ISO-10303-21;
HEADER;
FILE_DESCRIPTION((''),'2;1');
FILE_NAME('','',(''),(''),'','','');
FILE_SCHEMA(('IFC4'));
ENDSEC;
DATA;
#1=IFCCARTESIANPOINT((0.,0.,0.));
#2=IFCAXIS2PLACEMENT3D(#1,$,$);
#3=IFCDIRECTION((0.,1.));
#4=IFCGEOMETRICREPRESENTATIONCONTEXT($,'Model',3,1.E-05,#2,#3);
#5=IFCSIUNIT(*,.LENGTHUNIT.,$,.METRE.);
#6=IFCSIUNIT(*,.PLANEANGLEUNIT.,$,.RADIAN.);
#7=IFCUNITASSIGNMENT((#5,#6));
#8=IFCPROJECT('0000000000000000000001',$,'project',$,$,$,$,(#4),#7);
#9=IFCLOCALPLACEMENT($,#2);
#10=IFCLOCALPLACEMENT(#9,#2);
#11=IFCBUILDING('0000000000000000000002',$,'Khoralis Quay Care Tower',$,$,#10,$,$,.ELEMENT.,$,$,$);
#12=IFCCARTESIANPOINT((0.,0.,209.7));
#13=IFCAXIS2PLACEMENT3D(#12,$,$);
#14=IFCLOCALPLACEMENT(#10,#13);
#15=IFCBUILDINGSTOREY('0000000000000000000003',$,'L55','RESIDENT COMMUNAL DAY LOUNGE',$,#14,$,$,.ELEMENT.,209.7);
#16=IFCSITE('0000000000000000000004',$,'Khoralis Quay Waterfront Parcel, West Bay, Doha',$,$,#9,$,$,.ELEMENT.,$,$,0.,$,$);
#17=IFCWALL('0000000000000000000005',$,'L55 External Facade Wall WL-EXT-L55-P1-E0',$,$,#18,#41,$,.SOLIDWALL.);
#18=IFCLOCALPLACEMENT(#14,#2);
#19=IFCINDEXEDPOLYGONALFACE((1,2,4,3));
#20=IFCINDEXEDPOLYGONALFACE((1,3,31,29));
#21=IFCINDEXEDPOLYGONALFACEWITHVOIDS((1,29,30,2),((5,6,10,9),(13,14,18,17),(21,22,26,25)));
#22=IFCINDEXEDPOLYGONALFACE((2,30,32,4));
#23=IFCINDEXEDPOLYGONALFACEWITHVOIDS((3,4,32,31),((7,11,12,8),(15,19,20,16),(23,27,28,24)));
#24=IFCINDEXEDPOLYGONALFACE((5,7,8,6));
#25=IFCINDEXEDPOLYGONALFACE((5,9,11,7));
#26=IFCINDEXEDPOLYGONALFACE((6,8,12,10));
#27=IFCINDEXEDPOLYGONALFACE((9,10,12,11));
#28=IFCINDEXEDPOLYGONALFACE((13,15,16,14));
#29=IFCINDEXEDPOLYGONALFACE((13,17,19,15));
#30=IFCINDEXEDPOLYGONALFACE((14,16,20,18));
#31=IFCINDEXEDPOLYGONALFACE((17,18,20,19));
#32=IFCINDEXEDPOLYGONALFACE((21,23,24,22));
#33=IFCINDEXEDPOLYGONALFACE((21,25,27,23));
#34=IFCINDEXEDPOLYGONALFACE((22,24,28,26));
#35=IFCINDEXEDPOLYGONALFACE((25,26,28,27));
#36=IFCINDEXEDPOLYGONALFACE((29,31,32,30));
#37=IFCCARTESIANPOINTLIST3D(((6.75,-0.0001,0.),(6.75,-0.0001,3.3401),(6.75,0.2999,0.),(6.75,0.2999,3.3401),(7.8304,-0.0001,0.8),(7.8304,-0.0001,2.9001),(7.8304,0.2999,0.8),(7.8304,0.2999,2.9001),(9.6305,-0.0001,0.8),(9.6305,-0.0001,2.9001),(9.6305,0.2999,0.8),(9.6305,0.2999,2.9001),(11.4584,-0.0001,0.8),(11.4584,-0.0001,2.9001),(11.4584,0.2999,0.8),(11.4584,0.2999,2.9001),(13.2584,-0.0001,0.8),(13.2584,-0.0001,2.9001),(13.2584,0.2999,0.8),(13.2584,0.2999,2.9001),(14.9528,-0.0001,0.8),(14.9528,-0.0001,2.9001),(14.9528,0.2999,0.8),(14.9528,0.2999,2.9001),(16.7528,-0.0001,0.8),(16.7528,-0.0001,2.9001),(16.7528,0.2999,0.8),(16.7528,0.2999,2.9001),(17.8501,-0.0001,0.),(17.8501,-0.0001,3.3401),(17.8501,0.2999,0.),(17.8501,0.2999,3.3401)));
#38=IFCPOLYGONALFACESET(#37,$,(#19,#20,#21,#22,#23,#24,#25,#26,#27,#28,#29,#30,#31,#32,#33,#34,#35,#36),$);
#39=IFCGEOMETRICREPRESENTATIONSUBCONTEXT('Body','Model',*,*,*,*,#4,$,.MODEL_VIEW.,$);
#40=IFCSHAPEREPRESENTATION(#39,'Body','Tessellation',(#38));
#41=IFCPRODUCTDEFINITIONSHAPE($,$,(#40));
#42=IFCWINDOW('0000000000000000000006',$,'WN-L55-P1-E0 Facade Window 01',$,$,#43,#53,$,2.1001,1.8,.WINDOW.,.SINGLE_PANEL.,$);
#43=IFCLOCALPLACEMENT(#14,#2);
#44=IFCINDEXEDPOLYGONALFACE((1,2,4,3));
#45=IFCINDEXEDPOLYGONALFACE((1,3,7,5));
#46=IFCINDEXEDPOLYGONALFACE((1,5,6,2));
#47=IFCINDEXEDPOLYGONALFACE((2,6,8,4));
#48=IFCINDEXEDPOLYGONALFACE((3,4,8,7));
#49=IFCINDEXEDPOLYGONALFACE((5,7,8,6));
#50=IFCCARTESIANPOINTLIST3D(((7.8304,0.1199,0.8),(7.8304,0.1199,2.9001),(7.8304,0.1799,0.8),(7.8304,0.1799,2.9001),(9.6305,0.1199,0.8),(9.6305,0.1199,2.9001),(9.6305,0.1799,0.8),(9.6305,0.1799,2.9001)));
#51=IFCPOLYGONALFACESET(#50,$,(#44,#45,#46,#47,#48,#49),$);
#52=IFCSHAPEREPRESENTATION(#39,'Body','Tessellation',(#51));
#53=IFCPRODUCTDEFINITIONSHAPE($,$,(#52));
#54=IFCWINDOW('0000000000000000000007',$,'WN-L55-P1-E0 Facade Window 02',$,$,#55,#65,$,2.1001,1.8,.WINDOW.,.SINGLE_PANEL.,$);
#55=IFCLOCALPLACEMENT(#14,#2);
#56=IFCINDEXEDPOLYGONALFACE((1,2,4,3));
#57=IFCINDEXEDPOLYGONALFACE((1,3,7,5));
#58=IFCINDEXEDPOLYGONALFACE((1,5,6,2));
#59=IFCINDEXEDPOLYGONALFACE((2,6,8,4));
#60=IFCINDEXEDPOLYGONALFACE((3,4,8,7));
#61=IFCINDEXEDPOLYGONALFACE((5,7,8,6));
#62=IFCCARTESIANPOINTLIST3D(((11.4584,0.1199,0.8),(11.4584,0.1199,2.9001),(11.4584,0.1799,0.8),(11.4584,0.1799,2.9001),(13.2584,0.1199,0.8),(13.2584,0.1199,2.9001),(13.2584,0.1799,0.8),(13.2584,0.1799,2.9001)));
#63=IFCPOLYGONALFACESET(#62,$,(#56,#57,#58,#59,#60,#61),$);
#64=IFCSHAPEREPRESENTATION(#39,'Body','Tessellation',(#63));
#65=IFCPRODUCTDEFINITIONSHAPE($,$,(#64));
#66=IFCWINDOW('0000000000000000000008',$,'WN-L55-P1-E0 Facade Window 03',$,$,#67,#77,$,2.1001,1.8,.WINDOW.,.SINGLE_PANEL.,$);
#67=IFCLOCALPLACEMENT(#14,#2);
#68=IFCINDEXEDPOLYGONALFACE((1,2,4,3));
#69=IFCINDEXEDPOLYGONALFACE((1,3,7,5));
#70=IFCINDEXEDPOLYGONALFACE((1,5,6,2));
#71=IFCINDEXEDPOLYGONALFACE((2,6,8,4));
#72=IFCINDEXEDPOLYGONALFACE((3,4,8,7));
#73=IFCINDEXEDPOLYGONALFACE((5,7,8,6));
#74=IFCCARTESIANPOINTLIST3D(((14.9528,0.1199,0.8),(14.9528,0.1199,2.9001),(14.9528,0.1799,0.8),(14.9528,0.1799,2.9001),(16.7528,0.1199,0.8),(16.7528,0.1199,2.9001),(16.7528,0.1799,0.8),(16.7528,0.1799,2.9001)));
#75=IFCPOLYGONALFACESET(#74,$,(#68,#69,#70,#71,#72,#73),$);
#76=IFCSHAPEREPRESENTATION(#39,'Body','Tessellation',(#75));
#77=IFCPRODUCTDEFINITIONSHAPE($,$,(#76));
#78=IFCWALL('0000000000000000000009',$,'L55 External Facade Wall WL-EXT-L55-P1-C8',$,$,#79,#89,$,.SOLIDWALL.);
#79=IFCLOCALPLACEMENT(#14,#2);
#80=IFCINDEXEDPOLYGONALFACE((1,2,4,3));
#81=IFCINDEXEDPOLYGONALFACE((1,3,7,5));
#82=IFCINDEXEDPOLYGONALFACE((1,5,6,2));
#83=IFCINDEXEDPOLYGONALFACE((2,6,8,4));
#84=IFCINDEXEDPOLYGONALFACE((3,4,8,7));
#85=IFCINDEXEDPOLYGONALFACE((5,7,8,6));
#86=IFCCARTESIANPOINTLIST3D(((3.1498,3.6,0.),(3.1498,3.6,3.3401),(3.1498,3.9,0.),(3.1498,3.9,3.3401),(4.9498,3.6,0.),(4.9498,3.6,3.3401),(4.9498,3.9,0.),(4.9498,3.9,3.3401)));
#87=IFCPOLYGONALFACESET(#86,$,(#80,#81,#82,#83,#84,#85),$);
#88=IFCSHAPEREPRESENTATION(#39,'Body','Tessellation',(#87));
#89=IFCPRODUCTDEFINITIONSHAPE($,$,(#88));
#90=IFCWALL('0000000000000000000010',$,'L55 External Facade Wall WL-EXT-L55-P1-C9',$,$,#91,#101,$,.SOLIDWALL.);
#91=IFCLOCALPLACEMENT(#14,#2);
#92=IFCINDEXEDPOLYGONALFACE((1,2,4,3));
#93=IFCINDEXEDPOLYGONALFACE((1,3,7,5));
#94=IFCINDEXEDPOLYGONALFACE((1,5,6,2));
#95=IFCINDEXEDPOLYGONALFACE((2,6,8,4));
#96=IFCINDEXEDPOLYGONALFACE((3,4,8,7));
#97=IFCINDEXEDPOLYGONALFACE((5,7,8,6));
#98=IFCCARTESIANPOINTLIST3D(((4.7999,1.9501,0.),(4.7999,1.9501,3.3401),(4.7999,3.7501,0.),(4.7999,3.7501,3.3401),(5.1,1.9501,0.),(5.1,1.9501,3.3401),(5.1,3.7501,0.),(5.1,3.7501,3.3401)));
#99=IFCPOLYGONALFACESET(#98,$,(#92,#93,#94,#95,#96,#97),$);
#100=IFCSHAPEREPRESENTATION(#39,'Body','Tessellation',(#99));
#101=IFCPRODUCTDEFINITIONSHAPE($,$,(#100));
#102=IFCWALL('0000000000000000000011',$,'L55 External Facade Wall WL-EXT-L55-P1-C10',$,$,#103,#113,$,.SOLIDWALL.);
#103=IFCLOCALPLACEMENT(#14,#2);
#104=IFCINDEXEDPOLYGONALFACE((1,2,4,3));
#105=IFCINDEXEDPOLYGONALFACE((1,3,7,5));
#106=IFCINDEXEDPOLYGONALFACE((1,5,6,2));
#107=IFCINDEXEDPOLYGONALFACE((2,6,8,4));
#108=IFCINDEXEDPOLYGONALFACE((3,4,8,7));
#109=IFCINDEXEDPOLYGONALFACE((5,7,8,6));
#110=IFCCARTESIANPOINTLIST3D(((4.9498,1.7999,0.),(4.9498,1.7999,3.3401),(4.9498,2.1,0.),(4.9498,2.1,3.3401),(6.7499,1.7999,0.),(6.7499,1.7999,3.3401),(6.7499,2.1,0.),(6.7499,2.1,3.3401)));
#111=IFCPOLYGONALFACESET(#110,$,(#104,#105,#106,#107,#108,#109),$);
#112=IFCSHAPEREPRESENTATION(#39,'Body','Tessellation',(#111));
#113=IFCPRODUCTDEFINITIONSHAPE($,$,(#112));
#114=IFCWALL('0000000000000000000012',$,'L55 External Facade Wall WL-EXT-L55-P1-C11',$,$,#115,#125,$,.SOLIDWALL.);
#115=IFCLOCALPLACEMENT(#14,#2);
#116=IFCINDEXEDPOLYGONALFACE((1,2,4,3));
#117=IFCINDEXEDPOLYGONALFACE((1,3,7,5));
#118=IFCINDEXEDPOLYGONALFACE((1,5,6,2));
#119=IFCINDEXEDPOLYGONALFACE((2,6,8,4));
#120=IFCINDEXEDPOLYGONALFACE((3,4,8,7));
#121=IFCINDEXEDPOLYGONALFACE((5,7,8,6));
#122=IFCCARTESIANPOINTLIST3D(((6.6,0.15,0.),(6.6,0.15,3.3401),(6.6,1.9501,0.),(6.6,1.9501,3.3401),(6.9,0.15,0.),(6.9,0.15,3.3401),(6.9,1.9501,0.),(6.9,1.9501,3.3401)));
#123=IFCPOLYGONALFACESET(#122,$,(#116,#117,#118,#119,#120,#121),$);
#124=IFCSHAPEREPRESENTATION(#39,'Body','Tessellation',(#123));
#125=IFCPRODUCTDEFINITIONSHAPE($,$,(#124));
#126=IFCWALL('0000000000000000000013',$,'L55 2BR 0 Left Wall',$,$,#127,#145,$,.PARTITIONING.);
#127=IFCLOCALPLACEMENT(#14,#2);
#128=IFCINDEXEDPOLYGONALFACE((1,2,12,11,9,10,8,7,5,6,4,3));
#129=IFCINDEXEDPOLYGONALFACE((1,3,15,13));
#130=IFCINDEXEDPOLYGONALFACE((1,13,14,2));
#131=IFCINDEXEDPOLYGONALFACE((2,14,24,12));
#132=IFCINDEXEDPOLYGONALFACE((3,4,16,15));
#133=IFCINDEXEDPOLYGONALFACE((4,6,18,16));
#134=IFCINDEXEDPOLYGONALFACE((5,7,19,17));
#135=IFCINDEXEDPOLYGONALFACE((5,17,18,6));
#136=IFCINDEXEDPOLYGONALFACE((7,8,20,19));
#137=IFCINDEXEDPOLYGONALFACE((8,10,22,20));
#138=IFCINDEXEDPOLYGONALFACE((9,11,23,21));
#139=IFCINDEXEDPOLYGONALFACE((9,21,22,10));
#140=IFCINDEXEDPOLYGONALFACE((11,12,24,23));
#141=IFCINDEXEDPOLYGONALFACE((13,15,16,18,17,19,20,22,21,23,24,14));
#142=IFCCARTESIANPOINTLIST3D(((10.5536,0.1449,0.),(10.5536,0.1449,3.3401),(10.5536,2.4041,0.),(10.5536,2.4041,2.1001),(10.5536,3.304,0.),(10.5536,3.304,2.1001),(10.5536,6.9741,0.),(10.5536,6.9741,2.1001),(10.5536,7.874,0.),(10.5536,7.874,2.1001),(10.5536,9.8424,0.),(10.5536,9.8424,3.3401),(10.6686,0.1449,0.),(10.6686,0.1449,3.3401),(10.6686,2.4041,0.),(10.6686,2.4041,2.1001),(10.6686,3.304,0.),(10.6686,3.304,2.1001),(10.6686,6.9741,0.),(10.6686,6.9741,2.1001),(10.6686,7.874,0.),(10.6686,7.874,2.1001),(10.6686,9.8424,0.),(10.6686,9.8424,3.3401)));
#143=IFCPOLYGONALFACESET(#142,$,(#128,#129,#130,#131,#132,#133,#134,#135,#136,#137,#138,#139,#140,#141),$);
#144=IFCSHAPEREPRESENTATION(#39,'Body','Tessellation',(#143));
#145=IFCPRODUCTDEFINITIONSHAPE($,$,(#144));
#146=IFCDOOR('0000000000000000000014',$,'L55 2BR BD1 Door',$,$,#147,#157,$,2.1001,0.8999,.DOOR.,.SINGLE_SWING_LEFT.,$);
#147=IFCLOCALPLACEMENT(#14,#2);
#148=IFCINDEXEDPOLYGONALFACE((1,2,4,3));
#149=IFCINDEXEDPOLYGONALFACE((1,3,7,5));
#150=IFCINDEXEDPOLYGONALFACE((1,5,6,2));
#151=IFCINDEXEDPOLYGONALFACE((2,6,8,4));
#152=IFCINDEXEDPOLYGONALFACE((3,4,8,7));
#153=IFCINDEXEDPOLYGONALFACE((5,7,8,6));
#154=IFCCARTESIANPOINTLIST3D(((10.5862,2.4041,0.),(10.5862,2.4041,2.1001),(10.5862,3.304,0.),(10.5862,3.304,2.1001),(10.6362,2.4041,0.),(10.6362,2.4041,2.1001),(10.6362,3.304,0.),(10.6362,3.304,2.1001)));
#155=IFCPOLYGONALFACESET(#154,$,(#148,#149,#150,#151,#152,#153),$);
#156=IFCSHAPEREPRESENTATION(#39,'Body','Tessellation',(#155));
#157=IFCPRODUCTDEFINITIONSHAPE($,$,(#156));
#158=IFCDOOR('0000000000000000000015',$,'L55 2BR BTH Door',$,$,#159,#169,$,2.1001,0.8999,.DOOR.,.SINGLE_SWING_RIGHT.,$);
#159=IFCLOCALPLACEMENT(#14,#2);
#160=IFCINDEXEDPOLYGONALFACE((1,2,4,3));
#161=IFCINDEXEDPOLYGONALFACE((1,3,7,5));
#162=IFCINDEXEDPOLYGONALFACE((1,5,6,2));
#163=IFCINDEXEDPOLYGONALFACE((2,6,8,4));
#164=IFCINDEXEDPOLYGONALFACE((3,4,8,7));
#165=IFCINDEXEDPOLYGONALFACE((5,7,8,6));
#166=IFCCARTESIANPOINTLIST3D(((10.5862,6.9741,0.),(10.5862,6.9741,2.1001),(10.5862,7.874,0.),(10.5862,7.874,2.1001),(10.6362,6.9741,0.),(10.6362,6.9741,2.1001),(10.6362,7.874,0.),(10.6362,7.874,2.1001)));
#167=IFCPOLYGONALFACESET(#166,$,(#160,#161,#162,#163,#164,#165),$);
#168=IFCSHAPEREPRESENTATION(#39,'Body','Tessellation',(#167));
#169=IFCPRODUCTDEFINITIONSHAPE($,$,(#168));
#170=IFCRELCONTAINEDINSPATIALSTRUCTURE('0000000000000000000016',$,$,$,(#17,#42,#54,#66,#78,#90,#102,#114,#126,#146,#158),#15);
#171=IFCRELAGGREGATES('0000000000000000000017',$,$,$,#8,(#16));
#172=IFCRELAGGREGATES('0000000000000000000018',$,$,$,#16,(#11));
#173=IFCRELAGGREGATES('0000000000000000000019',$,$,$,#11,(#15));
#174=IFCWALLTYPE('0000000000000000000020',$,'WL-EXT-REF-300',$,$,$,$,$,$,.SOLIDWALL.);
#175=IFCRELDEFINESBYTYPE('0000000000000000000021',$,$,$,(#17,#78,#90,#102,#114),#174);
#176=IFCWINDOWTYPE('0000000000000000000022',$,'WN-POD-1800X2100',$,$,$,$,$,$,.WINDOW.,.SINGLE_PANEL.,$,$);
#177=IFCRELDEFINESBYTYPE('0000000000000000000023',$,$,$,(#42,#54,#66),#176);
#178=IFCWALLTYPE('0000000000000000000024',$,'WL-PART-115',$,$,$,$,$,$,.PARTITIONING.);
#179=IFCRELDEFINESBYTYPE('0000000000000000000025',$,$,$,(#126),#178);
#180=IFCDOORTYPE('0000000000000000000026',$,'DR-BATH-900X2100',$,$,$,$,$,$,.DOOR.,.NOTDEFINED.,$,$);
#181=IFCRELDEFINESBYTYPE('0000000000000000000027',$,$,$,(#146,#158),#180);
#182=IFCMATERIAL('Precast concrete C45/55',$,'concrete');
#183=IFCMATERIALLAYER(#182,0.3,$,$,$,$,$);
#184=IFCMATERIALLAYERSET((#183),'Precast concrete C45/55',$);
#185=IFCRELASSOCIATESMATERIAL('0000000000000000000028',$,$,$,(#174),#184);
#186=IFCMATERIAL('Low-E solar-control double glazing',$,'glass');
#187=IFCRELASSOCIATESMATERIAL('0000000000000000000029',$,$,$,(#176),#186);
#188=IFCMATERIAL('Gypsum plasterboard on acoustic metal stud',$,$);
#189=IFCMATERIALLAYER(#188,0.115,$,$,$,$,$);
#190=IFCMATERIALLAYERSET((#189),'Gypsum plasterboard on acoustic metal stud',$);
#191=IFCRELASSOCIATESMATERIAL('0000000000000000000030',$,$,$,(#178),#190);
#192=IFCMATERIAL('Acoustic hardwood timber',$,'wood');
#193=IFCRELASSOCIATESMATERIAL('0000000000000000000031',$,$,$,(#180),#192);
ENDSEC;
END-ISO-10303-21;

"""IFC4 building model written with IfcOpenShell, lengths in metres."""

from ifc_helpers import new_model, si_unit, direction, frame, frame_2d, origin, place, context, subcontext, project, spatial, rectangle, extrude, source, transform, mapped, material, layer, layer_set, type_object, element, fill, save


model = new_model("IFC4")

# Units and contexts
model_context = context("Model", 3, precision=1e-05, world=origin(), true_north=direction((0.0, 1.0)))
body_context = subcontext(model_context, "Body", "Model", "MODEL_VIEW")
ifc_project = project(units=[si_unit("LENGTHUNIT", "METRE"), si_unit("PLANEANGLEUNIT", "RADIAN")], contexts=[model_context])

# Site, building, storey
site_placement = place(None, origin())
site = spatial("IfcSite", under=ifc_project, at=site_placement, Name="Khoralis Quay Waterfront Parcel, West Bay, Doha", CompositionType="ELEMENT", RefElevation=0.0)
building_placement = place(site_placement, origin())
building = spatial("IfcBuilding", under=site, at=building_placement, Name="Khoralis Quay Care Tower", CompositionType="ELEMENT")
storey_placement = place(building_placement, frame((0.0, 0.0, 209.7)))
storey = spatial("IfcBuildingStorey", under=building, at=storey_placement, Name="L55", Description="RESIDENT COMMUNAL DAY LOUNGE", CompositionType="ELEMENT", Elevation=209.7)

# Shared definitions
ifc_material_1 = material(Name="Precast concrete C45/55", Category="concrete")

# Wall, openings, windows
ifc_layer_1 = layer(ifc_material_1, 0.3)
ifc_layer_set_1 = layer_set([ifc_layer_1], Name="Precast concrete C45/55")
wall_type_1 = type_object("IfcWallType", Name="WL-EXT-REF-300", PredefinedType="SOLIDWALL", material=ifc_layer_set_1)
wall_1_placement = place(storey_placement, frame((6.75, 0.1499, 0.0), z_axis=(0.0, 0.0, 1.0), x_axis=(1.0, 0.0, 0.0)))
wall_1 = element("IfcWall", 1, at=wall_1_placement, inside=storey, type_object=wall_type_1, Name="L55 External Facade Wall WL-EXT-L55-P1-E0", PredefinedType="SOLIDWALL", context=body_context, shape_type="SweptSolid", body=[
    extrude(rectangle(XDim=11.1001, YDim=0.3, at=frame_2d((5.55, 0.0))), origin(), (0.0, 0.0, 1.0), 3.3401),
])
opening_1_placement = place(wall_1_placement, frame((1.0806, 0.0, 0.8)))
opening_1 = element("IfcOpeningElement", 2, at=opening_1_placement, cuts=wall_1, PredefinedType="OPENING", context=body_context, shape_type="SweptSolid", body=[
    extrude(rectangle(XDim=1.8, YDim=2.1001, at=frame_2d((0.8999, 1.05))), frame((0.0, 0.1602, 0.0), z_axis=(0.0, -1.0, 0.0), x_axis=(1.0, 0.0, 0.0)), (0.0, 0.0, 1.0), 0.3201),
])
opening_2_placement = place(wall_1_placement, frame((4.7085, 0.0, 0.8)))
opening_2 = element("IfcOpeningElement", 3, at=opening_2_placement, cuts=wall_1, PredefinedType="OPENING", context=body_context, shape_type="SweptSolid", body=[
    extrude(rectangle(XDim=1.8, YDim=2.1001, at=frame_2d((0.8999, 1.05))), frame((0.0, 0.1602, 0.0), z_axis=(0.0, -1.0, 0.0), x_axis=(1.0, 0.0, 0.0)), (0.0, 0.0, 1.0), 0.3201),
])
opening_3_placement = place(wall_1_placement, frame((8.2029, 0.0, 0.8)))
opening_3 = element("IfcOpeningElement", 4, at=opening_3_placement, cuts=wall_1, PredefinedType="OPENING", context=body_context, shape_type="SweptSolid", body=[
    extrude(rectangle(XDim=1.8, YDim=2.1001, at=frame_2d((0.8999, 1.05))), frame((0.0, 0.1602, 0.0), z_axis=(0.0, -1.0, 0.0), x_axis=(1.0, 0.0, 0.0)), (0.0, 0.0, 1.0), 0.3201),
])
ifc_material_2 = material(Name="Low-E solar-control double glazing", Category="glass")
window_type = type_object("IfcWindowType", Name="WN-POD-1800X2100", PartitioningType="SINGLE_PANEL", PredefinedType="WINDOW", material=ifc_material_2)
shared_shape_1 = source(origin(), body_context, "Body", "SweptSolid", [
    extrude(rectangle(XDim=1.8, YDim=2.1001, at=frame_2d((0.8999, 1.05))), frame((0.0, 0.03, 0.0), z_axis=(0.0, -1.0, 0.0), x_axis=(1.0, 0.0, 0.0)), (0.0, 0.0, 1.0), 0.0601),
])
window_1_placement = place(opening_1_placement, origin())
window_1 = element("IfcWindow", 5, at=window_1_placement, inside=storey, type_object=window_type, Name="WN-L55-P1-E0 Facade Window 01", OverallHeight=2.1001, OverallWidth=1.8, PartitioningType="SINGLE_PANEL", PredefinedType="WINDOW", context=body_context, shape_type="MappedRepresentation", body=[
    mapped(shared_shape_1, transform((0.0, 0.0, 0.0), scale=1.0)),
])
fill(opening_1, window_1)
window_2_placement = place(opening_2_placement, origin())
window_2 = element("IfcWindow", 6, at=window_2_placement, inside=storey, type_object=window_type, Name="WN-L55-P1-E0 Facade Window 02", OverallHeight=2.1001, OverallWidth=1.8, PartitioningType="SINGLE_PANEL", PredefinedType="WINDOW", context=body_context, shape_type="MappedRepresentation", body=[
    mapped(shared_shape_1, transform((0.0, 0.0, 0.0), scale=1.0)),
])
fill(opening_2, window_2)
window_3_placement = place(opening_3_placement, origin())
window_3 = element("IfcWindow", 7, at=window_3_placement, inside=storey, type_object=window_type, Name="WN-L55-P1-E0 Facade Window 03", OverallHeight=2.1001, OverallWidth=1.8, PartitioningType="SINGLE_PANEL", PredefinedType="WINDOW", context=body_context, shape_type="MappedRepresentation", body=[
    mapped(shared_shape_1, transform((0.0, 0.0, 0.0), scale=1.0)),
])
fill(opening_3, window_3)

# Walls
for number, where, z_axis, x_axis, name in (
    (8, (3.1499, 3.75, 0.0), (0.0, 0.0, 1.0), (1.0, 0.0, 0.0), "L55 External Facade Wall WL-EXT-L55-P1-C8"),
    (9, (4.95, 3.75, 0.0), (0.0, 0.0, 1.0), (0.0, -1.0, 0.0), "L55 External Facade Wall WL-EXT-L55-P1-C9"),
    (10, (4.95, 1.95, 0.0), (0.0, 0.0, 1.0), (1.0, 0.0, 0.0), "L55 External Facade Wall WL-EXT-L55-P1-C10"),
    (11, (6.75, 1.95, 0.0), (0.0, 0.0, 1.0), (0.0, -1.0, 0.0), "L55 External Facade Wall WL-EXT-L55-P1-C11"),
):
    element("IfcWall", number, at=place(storey_placement, frame(where, z_axis=z_axis, x_axis=x_axis)), inside=storey, type_object=wall_type_1, Name=name, PredefinedType="SOLIDWALL", context=body_context, shape_type="SweptSolid", body=[
        extrude(rectangle(XDim=1.8, YDim=0.3, at=frame_2d((0.8999, 0.0))), origin(), (0.0, 0.0, 1.0), 3.3401),
    ])

# Wall, openings, doors
ifc_material_3 = material(Name="Gypsum plasterboard on acoustic metal stud")
ifc_layer_2 = layer(ifc_material_3, 0.115)
ifc_layer_set_2 = layer_set([ifc_layer_2], Name="Gypsum plasterboard on acoustic metal stud")
wall_type_2 = type_object("IfcWallType", Name="WL-PART-115", PredefinedType="PARTITIONING", material=ifc_layer_set_2)
wall_2_placement = place(storey_placement, frame((10.6111, 0.145, 0.0), z_axis=(0.0, 0.0, 1.0), x_axis=(0.0, 1.0, 0.0)))
wall_2 = element("IfcWall", 12, at=wall_2_placement, inside=storey, type_object=wall_type_2, Name="L55 2BR 0 Left Wall", PredefinedType="PARTITIONING", context=body_context, shape_type="SweptSolid", body=[
    extrude(rectangle(XDim=9.6975, YDim=0.115, at=frame_2d((4.8486, 0.0))), origin(), (0.0, 0.0, 1.0), 3.3401),
])
opening_4_placement = place(wall_2_placement, frame((2.259, 0.0, 0.0)))
opening_4 = element("IfcOpeningElement", 13, at=opening_4_placement, cuts=wall_2, PredefinedType="OPENING", context=body_context, shape_type="SweptSolid", body=[
    extrude(rectangle(XDim=0.8999, YDim=2.1001, at=frame_2d((0.45, 1.05))), frame((0.0, 0.0674, 0.0), z_axis=(0.0, -1.0, 0.0), x_axis=(1.0, 0.0, 0.0)), (0.0, 0.0, 1.0), 0.135),
])
opening_5_placement = place(wall_2_placement, frame((6.8291, 0.0, 0.0)))
opening_5 = element("IfcOpeningElement", 14, at=opening_5_placement, cuts=wall_2, PredefinedType="OPENING", context=body_context, shape_type="SweptSolid", body=[
    extrude(rectangle(XDim=0.8999, YDim=2.1001, at=frame_2d((0.45, 1.05))), frame((0.0, 0.0674, 0.0), z_axis=(0.0, -1.0, 0.0), x_axis=(1.0, 0.0, 0.0)), (0.0, 0.0, 1.0), 0.135),
])
ifc_material_4 = material(Name="Acoustic hardwood timber", Category="wood")
door_type = type_object("IfcDoorType", Name="DR-BATH-900X2100", OperationType="NOTDEFINED", PredefinedType="DOOR", material=ifc_material_4)
shared_shape_2 = source(origin(), body_context, "Body", "SweptSolid", [
    extrude(rectangle(XDim=0.8999, YDim=2.1001, at=frame_2d((0.45, 1.05))), frame((0.0, 0.0249, 0.0), z_axis=(0.0, -1.0, 0.0), x_axis=(1.0, 0.0, 0.0)), (0.0, 0.0, 1.0), 0.05),
])
door_1_placement = place(opening_4_placement, origin())
door_1 = element("IfcDoor", 15, at=door_1_placement, inside=storey, type_object=door_type, Name="L55 2BR BD1 Door", OperationType="SINGLE_SWING_LEFT", OverallHeight=2.1001, OverallWidth=0.8999, PredefinedType="DOOR", context=body_context, shape_type="MappedRepresentation", body=[
    mapped(shared_shape_2, transform((0.0, 0.0, 0.0), scale=1.0)),
])
fill(opening_4, door_1)
door_2_placement = place(opening_5_placement, origin())
door_2 = element("IfcDoor", 16, at=door_2_placement, inside=storey, type_object=door_type, Name="L55 2BR BTH Door", OperationType="SINGLE_SWING_RIGHT", OverallHeight=2.1001, OverallWidth=0.8999, PredefinedType="DOOR", context=body_context, shape_type="MappedRepresentation", body=[
    mapped(shared_shape_2, transform((0.0, 0.0, 0.0), scale=1.0)),
])
fill(opening_5, door_2)

save(model, "model.ifc")
